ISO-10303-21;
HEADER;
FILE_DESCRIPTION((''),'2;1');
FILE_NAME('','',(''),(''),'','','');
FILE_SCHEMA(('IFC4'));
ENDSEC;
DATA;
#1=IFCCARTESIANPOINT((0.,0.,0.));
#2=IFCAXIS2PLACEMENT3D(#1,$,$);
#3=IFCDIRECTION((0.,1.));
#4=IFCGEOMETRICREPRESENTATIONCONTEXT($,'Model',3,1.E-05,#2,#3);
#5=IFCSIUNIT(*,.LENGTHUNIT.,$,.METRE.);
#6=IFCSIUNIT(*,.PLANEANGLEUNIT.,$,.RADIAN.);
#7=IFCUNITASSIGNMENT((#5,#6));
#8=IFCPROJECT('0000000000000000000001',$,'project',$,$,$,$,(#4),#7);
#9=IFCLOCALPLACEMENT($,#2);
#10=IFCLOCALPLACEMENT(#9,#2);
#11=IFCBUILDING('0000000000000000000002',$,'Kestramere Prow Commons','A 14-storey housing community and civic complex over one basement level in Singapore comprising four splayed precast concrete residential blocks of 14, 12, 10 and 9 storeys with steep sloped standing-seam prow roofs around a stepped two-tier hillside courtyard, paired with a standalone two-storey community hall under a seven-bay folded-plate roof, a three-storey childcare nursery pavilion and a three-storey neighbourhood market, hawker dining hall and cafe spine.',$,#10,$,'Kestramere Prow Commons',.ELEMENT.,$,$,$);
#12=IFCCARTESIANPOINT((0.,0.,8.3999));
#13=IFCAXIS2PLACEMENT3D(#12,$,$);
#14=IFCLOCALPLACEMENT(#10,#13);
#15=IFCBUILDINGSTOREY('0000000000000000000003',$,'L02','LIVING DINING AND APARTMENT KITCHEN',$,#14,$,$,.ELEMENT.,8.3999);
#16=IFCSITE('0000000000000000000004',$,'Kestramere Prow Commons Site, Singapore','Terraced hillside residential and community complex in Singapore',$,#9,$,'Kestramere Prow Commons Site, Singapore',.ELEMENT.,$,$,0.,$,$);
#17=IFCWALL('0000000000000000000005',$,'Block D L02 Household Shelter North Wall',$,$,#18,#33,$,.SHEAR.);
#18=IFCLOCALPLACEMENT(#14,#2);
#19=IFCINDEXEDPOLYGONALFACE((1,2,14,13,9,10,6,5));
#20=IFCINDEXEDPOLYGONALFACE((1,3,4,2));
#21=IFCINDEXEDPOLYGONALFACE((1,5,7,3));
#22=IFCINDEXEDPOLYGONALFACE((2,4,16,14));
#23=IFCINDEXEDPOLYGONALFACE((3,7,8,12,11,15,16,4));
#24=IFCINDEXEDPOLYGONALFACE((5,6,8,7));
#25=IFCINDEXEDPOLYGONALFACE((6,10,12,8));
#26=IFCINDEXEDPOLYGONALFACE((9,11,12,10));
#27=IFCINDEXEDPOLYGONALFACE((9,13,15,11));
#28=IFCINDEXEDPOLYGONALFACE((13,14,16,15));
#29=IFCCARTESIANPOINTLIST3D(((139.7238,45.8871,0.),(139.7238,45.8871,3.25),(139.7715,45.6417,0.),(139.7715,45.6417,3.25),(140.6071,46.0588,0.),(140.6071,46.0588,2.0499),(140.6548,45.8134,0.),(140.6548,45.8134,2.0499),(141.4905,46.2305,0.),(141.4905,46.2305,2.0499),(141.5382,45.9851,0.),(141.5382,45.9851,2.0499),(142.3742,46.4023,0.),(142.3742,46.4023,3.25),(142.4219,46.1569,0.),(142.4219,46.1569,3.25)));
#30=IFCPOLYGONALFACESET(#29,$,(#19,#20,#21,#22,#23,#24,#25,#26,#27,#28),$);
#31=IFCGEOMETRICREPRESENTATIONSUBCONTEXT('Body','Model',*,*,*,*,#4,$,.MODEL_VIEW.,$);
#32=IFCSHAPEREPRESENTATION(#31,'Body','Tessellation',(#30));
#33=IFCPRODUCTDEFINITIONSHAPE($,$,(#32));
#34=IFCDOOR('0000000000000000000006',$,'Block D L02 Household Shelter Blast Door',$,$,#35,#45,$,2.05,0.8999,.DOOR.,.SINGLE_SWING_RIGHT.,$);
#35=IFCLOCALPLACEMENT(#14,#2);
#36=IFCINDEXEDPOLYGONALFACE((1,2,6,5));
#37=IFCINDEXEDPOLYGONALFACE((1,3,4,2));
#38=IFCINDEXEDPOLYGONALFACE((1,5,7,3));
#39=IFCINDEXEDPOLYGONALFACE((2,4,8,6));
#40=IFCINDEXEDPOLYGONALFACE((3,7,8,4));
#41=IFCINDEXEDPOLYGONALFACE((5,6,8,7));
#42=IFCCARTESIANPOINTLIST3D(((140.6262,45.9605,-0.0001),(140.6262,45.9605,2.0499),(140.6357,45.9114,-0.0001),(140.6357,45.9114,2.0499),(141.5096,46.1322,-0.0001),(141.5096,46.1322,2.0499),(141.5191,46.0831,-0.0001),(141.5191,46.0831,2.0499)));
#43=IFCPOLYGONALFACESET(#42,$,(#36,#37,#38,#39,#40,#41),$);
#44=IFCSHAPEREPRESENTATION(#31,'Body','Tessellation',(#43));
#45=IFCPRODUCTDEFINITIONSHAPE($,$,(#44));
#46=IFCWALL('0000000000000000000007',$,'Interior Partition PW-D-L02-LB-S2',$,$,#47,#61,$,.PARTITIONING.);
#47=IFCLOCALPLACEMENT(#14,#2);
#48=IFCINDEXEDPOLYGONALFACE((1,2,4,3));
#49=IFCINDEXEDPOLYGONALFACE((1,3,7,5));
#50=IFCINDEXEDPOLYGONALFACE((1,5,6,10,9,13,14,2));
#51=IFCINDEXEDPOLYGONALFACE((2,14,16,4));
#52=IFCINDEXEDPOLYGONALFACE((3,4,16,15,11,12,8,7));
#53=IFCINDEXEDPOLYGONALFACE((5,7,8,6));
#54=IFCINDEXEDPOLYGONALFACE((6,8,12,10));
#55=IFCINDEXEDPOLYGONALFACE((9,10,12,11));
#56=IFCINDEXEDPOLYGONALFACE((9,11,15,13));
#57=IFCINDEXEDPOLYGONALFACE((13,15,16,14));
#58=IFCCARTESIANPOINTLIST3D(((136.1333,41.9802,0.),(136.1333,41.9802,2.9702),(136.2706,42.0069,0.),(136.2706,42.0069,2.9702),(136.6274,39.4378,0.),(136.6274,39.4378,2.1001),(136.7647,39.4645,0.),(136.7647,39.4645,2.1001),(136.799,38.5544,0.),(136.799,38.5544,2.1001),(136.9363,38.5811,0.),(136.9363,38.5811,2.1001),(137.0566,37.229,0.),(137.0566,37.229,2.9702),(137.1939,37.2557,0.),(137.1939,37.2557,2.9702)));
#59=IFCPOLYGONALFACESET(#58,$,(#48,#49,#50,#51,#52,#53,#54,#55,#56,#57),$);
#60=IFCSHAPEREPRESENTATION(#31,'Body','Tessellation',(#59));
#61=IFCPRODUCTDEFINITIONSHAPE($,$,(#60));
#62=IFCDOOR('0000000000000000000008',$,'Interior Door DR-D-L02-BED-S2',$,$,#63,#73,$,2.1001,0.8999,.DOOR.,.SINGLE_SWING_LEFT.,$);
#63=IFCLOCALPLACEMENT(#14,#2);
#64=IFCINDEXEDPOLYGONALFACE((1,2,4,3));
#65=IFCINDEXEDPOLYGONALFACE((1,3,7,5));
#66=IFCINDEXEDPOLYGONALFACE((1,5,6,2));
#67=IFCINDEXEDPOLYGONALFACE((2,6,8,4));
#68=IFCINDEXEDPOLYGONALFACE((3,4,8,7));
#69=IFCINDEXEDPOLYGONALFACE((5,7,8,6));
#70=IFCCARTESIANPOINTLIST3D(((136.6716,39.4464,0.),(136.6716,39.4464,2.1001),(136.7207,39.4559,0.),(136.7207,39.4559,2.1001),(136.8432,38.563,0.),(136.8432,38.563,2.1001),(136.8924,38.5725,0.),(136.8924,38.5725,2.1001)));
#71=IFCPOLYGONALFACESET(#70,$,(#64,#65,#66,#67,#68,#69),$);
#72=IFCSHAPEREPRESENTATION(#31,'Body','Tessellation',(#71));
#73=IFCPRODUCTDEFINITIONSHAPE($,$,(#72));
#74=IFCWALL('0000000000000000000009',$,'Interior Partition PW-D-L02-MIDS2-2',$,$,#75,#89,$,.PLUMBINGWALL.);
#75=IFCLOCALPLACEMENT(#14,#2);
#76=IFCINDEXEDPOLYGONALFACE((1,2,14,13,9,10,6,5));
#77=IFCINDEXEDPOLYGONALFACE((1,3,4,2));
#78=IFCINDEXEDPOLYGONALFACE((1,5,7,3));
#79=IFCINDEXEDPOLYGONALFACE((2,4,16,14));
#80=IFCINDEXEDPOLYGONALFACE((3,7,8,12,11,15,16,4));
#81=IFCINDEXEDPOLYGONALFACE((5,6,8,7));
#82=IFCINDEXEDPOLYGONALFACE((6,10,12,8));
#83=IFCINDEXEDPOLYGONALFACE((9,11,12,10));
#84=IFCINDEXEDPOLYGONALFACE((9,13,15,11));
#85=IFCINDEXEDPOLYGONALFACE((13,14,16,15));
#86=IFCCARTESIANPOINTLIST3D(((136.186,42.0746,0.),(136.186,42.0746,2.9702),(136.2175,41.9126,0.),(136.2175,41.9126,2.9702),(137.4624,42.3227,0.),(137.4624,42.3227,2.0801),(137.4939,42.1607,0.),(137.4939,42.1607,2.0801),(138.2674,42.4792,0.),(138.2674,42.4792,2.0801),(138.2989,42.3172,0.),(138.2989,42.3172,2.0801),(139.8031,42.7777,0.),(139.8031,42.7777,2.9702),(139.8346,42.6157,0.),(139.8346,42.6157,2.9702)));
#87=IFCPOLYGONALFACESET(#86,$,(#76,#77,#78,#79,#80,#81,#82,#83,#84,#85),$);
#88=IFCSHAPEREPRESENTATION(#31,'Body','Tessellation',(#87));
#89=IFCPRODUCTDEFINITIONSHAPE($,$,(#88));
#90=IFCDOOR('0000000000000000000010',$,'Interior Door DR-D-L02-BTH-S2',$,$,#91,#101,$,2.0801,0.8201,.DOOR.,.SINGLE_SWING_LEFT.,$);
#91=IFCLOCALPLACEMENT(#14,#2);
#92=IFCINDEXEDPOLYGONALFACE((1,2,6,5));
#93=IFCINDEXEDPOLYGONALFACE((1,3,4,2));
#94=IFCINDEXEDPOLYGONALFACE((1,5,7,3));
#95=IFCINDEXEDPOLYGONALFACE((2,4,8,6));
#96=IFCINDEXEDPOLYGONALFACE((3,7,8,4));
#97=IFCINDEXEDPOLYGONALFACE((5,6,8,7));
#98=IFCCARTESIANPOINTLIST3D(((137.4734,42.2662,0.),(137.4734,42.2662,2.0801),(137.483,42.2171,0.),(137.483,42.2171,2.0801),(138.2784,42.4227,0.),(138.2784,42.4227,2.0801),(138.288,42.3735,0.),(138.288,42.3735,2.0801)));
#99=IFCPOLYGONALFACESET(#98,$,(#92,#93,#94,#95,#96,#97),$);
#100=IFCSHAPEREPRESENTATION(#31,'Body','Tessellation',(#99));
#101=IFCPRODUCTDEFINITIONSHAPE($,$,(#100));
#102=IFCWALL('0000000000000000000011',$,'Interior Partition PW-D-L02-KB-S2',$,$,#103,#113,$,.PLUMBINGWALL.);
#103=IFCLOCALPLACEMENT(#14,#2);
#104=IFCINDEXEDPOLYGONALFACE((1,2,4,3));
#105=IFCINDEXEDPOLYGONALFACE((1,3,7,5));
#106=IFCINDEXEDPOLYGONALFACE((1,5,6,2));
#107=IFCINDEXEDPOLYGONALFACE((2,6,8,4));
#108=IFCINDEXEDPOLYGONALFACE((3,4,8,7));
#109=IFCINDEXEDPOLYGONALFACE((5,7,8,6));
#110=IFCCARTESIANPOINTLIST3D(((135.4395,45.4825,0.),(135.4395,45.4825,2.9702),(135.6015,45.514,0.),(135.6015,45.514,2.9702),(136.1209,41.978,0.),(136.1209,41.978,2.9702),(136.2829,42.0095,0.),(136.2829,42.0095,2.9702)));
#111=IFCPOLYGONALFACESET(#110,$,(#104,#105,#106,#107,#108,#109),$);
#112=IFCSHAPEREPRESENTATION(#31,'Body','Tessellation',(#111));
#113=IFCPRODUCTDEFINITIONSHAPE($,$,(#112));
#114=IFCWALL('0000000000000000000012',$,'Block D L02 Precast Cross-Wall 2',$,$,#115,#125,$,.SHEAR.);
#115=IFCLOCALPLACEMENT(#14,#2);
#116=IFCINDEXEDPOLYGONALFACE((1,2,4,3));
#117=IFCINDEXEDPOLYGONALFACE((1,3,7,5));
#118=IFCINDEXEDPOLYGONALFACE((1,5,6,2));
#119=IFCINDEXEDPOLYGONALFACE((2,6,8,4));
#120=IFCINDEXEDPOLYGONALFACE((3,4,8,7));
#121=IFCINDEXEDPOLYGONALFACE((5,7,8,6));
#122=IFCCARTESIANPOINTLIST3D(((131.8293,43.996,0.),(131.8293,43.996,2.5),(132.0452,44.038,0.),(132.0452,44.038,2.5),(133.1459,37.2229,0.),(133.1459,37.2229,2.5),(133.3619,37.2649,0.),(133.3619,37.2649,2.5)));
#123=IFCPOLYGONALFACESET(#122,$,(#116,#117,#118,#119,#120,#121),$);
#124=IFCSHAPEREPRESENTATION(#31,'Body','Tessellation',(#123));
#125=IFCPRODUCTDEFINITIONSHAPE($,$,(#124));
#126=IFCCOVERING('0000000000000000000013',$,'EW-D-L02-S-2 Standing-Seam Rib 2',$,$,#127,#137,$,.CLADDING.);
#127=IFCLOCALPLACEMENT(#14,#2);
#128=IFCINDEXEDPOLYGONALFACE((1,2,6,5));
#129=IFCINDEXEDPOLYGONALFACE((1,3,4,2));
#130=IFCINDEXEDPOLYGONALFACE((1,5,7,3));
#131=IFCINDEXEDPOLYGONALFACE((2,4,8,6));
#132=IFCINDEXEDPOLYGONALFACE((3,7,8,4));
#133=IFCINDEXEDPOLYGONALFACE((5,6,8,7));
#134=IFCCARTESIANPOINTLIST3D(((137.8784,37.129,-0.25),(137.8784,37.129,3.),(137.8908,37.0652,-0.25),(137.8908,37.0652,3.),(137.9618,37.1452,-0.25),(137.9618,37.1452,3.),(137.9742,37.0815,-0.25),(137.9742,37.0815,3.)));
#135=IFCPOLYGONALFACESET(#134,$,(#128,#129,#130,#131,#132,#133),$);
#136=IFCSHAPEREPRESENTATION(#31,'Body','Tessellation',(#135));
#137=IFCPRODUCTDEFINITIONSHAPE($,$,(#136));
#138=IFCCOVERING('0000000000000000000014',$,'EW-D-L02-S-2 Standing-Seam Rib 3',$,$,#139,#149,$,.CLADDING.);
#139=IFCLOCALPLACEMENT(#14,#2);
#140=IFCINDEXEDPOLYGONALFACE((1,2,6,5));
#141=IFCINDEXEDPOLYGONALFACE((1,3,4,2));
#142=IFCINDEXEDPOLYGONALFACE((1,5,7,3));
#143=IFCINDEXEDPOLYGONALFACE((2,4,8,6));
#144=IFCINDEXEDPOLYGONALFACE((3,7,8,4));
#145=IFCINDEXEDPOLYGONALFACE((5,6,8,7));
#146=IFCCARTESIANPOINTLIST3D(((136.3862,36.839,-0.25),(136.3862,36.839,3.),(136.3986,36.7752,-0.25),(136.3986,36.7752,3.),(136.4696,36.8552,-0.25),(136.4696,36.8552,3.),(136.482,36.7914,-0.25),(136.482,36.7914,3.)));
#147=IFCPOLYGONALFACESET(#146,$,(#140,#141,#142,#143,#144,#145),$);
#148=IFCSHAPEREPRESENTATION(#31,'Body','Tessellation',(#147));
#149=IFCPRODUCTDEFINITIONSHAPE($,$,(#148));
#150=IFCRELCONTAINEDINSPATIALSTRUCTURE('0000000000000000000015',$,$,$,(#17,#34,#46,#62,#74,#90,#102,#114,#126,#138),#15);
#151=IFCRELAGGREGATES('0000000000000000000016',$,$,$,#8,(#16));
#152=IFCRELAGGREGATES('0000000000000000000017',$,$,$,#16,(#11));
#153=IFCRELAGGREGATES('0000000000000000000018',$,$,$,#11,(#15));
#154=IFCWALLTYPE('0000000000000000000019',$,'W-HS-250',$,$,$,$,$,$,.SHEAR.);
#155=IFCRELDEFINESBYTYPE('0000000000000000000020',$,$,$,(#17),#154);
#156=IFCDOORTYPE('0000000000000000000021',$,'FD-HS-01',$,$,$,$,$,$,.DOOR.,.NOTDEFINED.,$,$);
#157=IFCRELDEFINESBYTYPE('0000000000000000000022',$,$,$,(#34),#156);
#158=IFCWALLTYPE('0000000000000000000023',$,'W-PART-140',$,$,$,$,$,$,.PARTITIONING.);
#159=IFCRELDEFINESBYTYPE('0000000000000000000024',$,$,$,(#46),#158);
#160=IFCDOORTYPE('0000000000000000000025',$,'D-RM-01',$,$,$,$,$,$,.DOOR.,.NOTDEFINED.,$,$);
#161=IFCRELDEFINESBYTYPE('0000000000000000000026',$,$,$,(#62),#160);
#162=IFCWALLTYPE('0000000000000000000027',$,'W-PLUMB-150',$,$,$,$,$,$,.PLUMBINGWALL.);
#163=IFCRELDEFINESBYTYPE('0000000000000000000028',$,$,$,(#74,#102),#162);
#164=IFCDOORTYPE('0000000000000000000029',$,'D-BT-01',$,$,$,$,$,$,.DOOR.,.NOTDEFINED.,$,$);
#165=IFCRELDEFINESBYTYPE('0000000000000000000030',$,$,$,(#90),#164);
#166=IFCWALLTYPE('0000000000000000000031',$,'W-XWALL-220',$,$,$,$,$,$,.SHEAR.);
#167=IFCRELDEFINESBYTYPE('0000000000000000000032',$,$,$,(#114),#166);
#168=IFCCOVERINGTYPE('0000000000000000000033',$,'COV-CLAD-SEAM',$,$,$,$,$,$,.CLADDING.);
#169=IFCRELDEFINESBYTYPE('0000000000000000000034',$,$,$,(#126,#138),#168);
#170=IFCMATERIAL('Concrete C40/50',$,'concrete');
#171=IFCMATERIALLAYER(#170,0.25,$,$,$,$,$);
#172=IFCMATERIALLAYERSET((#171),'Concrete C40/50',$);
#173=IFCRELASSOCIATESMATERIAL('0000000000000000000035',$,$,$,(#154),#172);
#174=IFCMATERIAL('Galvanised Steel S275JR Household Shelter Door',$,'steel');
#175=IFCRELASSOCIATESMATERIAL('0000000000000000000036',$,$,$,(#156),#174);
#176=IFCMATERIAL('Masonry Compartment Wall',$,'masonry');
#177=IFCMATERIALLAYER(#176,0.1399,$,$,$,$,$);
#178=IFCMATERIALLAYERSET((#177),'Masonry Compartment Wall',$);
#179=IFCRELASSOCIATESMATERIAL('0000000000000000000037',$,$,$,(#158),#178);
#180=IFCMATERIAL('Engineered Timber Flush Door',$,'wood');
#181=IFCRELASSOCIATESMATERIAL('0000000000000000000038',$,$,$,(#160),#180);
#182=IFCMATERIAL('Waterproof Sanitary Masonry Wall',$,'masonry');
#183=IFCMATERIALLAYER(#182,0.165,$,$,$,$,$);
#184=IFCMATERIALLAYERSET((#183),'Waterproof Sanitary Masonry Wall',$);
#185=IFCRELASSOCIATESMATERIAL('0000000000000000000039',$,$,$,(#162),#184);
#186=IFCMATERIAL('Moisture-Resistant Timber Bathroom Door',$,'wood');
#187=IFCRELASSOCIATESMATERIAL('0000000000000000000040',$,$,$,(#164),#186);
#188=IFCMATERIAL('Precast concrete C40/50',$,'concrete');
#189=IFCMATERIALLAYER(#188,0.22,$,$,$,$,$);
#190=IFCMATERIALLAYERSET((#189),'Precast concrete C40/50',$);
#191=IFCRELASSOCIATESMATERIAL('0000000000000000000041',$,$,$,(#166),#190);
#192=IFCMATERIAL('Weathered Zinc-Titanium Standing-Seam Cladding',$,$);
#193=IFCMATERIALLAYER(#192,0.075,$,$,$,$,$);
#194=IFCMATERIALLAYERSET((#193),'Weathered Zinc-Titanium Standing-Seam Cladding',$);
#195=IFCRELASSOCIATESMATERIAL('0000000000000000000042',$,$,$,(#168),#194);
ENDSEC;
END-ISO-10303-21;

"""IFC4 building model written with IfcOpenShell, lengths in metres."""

from ifc_helpers import new_model, si_unit, direction, frame, frame_2d, origin, origin_2d, place, context, subcontext, project, spatial, rectangle, extrude, material, layer, layer_set, type_object, element, fill, save


model = new_model("IFC4")

# Units and contexts
model_context = context("Model", 3, precision=1e-05, world=origin(), true_north=direction((0.0, 1.0)))
body_context = subcontext(model_context, "Body", "Model", "MODEL_VIEW")
ifc_project = project(units=[si_unit("LENGTHUNIT", "METRE"), si_unit("PLANEANGLEUNIT", "RADIAN")], contexts=[model_context])

# Site, building, storey
site_placement = place(None, origin())
site = spatial("IfcSite", under=ifc_project, at=site_placement, Name="Kestramere Prow Commons Site, Singapore", Description="Terraced hillside residential and community complex in Singapore", LongName="Kestramere Prow Commons Site, Singapore", CompositionType="ELEMENT", RefElevation=0.0)
building_placement = place(site_placement, origin())
building = spatial("IfcBuilding", under=site, at=building_placement, Name="Kestramere Prow Commons", Description="A 14-storey housing community and civic complex over one basement level in Singapore comprising four splayed precast concrete residential blocks of 14, 12, 10 and 9 storeys with steep sloped standing-seam prow roofs around a stepped two-tier hillside courtyard, paired with a standalone two-storey community hall under a seven-bay folded-plate roof, a three-storey childcare nursery pavilion and a three-storey neighbourhood market, hawker dining hall and cafe spine.", LongName="Kestramere Prow Commons", CompositionType="ELEMENT")
storey_placement = place(building_placement, frame((0.0, 0.0, 8.3999)))
storey = spatial("IfcBuildingStorey", under=building, at=storey_placement, Name="L02", Description="LIVING DINING AND APARTMENT KITCHEN", CompositionType="ELEMENT", Elevation=8.3999)

# Shared definitions
ifc_material_1 = material(Name="Precast concrete C40/50", Category="concrete")

# Shared definitions
ifc_material_2 = material(Name="Concrete C40/50", Category="concrete")
ifc_layer_1 = layer(ifc_material_2, 0.25)
ifc_layer_set_1 = layer_set([ifc_layer_1], Name="Concrete C40/50")
wall_type_1 = type_object("IfcWallType", Name="W-HS-250", PredefinedType="SHEAR", material=ifc_layer_set_1)

# Walls, openings, doors
wall_1_placement = place(storey_placement, frame((139.7476, 45.7644, 0.0), z_axis=(0.0, 0.0, 1.0), x_axis=(0.98163, 0.190792, 0.0)))
wall_1 = element("IfcWall", 1, at=wall_1_placement, inside=storey, type_object=wall_type_1, Name="Block D L02 Household Shelter North Wall", PredefinedType="SHEAR", context=body_context, shape_type="SweptSolid", body=[
    extrude(rectangle(XDim=2.7, YDim=0.25, at=frame_2d((1.3501, 0.0))), origin(), (0.0, 0.0, 1.0), 3.25),
])
opening_1_placement = place(wall_1_placement, frame((0.8999, 0.0, 0.0)))
opening_1 = element("IfcOpeningElement", 2, at=opening_1_placement, cuts=wall_1, PredefinedType="OPENING", context=body_context, shape_type="SweptSolid", body=[
    extrude(rectangle(XDim=0.8999, YDim=2.05, at=frame_2d((0.45, 1.0249))), frame((0.0, 0.1399, 0.0), z_axis=(0.0, -1.0, 0.0), x_axis=(1.0, 0.0, 0.0)), (0.0, 0.0, 1.0), 0.28),
])
ifc_material_3 = material(Name="Galvanised Steel S275JR Household Shelter Door", Category="steel")
door_type_1 = type_object("IfcDoorType", Name="FD-HS-01", OperationType="NOTDEFINED", PredefinedType="DOOR", material=ifc_material_3)
door_1_placement = place(opening_1_placement, origin())
door_1 = element("IfcDoor", 3, at=door_1_placement, inside=storey, type_object=door_type_1, Name="Block D L02 Household Shelter Blast Door", OperationType="SINGLE_SWING_RIGHT", OverallHeight=2.05, OverallWidth=0.8999, PredefinedType="DOOR", context=body_context, shape_type="SweptSolid", body=[
    extrude(rectangle(XDim=0.8999, YDim=2.05, at=frame_2d((0.45, 1.0249))), frame((0.0, 0.0249, 0.0), z_axis=(0.0, -1.0, 0.0), x_axis=(1.0, 0.0, 0.0)), (0.0, 0.0, 1.0), 0.05),
])
fill(opening_1, door_1)
ifc_material_4 = material(Name="Masonry Compartment Wall", Category="masonry")
ifc_layer_2 = layer(ifc_material_4, 0.1399)
ifc_layer_set_2 = layer_set([ifc_layer_2], Name="Masonry Compartment Wall")
wall_type_2 = type_object("IfcWallType", Name="W-PART-140", PredefinedType="PARTITIONING", material=ifc_layer_set_2)
wall_2_placement = place(storey_placement, frame((137.1252, 37.2424, 0.0), z_axis=(0.0, 0.0, 1.0), x_axis=(-0.190768, 0.981635, 0.0)))
wall_2 = element("IfcWall", 4, at=wall_2_placement, inside=storey, type_object=wall_type_2, Name="Interior Partition PW-D-L02-LB-S2", PredefinedType="PARTITIONING", context=body_context, shape_type="SweptSolid", body=[
    extrude(rectangle(XDim=4.8401, YDim=0.1399, at=frame_2d((2.4199, 0.0))), origin(), (0.0, 0.0, 1.0), 2.9702),
])
opening_2_placement = place(wall_2_placement, frame((1.3501, 0.0, 0.0)))
opening_2 = element("IfcOpeningElement", 5, at=opening_2_placement, cuts=wall_2, PredefinedType="OPENING", context=body_context, shape_type="SweptSolid", body=[
    extrude(rectangle(XDim=0.8999, YDim=2.1001, at=frame_2d((0.45, 1.05))), frame((0.0, 0.085, 0.0), z_axis=(0.0, -1.0, 0.0), x_axis=(1.0, 0.0, 0.0)), (0.0, 0.0, 1.0), 0.1699),
])
ifc_material_5 = material(Name="Engineered Timber Flush Door", Category="wood")
door_type_2 = type_object("IfcDoorType", Name="D-RM-01", OperationType="NOTDEFINED", PredefinedType="DOOR", material=ifc_material_5)
door_2_placement = place(opening_2_placement, origin())
door_2 = element("IfcDoor", 6, at=door_2_placement, inside=storey, type_object=door_type_2, Name="Interior Door DR-D-L02-BED-S2", OperationType="SINGLE_SWING_LEFT", OverallHeight=2.1001, OverallWidth=0.8999, PredefinedType="DOOR", context=body_context, shape_type="SweptSolid", body=[
    extrude(rectangle(XDim=0.8999, YDim=2.1001, at=frame_2d((0.45, 1.05))), frame((0.0, 0.0249, 0.0), z_axis=(0.0, -1.0, 0.0), x_axis=(1.0, 0.0, 0.0)), (0.0, 0.0, 1.0), 0.05),
])
fill(opening_2, door_2)
ifc_material_6 = material(Name="Waterproof Sanitary Masonry Wall", Category="masonry")
ifc_layer_3 = layer(ifc_material_6, 0.165)
ifc_layer_set_3 = layer_set([ifc_layer_3], Name="Waterproof Sanitary Masonry Wall")
wall_type_3 = type_object("IfcWallType", Name="W-PLUMB-150", PredefinedType="PLUMBINGWALL", material=ifc_layer_set_3)
wall_3_placement = place(storey_placement, frame((136.2019, 41.9937, 0.0), z_axis=(0.0, 0.0, 1.0), x_axis=(0.981626, 0.190813, 0.0)))
wall_3 = element("IfcWall", 7, at=wall_3_placement, inside=storey, type_object=wall_type_3, Name="Interior Partition PW-D-L02-MIDS2-2", PredefinedType="PLUMBINGWALL", context=body_context, shape_type="SweptSolid", body=[
    extrude(rectangle(XDim=3.6848, YDim=0.165, at=frame_2d((1.8423, 0.0))), origin(), (0.0, 0.0, 1.0), 2.9702),
])
opening_3_placement = place(wall_3_placement, frame((1.3, 0.0, 0.0)))
opening_3 = element("IfcOpeningElement", 8, at=opening_3_placement, cuts=wall_3, PredefinedType="OPENING", context=body_context, shape_type="SweptSolid", body=[
    extrude(rectangle(XDim=0.8201, YDim=2.0801, at=frame_2d((0.4102, 1.04))), frame((0.0, 0.0974, 0.0), z_axis=(0.0, -1.0, 0.0), x_axis=(1.0, 0.0, 0.0)), (0.0, 0.0, 1.0), 0.1951),
])
ifc_material_7 = material(Name="Moisture-Resistant Timber Bathroom Door", Category="wood")
door_type_3 = type_object("IfcDoorType", Name="D-BT-01", OperationType="NOTDEFINED", PredefinedType="DOOR", material=ifc_material_7)
door_3_placement = place(opening_3_placement, origin())
door_3 = element("IfcDoor", 9, at=door_3_placement, inside=storey, type_object=door_type_3, Name="Interior Door DR-D-L02-BTH-S2", OperationType="SINGLE_SWING_LEFT", OverallHeight=2.0801, OverallWidth=0.8201, PredefinedType="DOOR", context=body_context, shape_type="SweptSolid", body=[
    extrude(rectangle(XDim=0.8201, YDim=2.0801, at=frame_2d((0.4102, 1.04))), frame((0.0, 0.0249, 0.0), z_axis=(0.0, -1.0, 0.0), x_axis=(1.0, 0.0, 0.0)), (0.0, 0.0, 1.0), 0.05),
])
fill(opening_3, door_3)

# Walls
wall_4_placement = place(storey_placement, frame((136.2019, 41.9937, 0.0), z_axis=(0.0, 0.0, 1.0), x_axis=(-0.190866, 0.981616, 0.0)))
element("IfcWall", 10, at=wall_4_placement, inside=storey, type_object=wall_type_3, Name="Interior Partition PW-D-L02-KB-S2", PredefinedType="PLUMBINGWALL", context=body_context, shape_type="SweptSolid", body=[
    extrude(rectangle(XDim=3.5701, YDim=0.165, at=frame_2d((1.7852, 0.0))), origin(), (0.0, 0.0, 1.0), 2.9702),
])
ifc_layer_4 = layer(ifc_material_1, 0.22)
ifc_layer_set_4 = layer_set([ifc_layer_4], Name="Precast concrete C40/50")
wall_type_4 = type_object("IfcWallType", Name="W-XWALL-220", PredefinedType="SHEAR", material=ifc_layer_set_4)
wall_5_placement = place(storey_placement, frame((133.2539, 37.2439, 0.0), z_axis=(0.0, 0.0, 1.0), x_axis=(-0.190819, 0.981625, 0.0)))
element("IfcWall", 11, at=wall_5_placement, inside=storey, type_object=wall_type_4, Name="Block D L02 Precast Cross-Wall 2", PredefinedType="SHEAR", context=body_context, shape_type="SweptSolid", body=[
    extrude(rectangle(XDim=6.8999, YDim=0.22, at=frame_2d((3.45, 0.0))), origin(), (0.0, 0.0, 1.0), 2.5),
])

# Coverings
ifc_material_8 = material(Name="Weathered Zinc-Titanium Standing-Seam Cladding")
ifc_layer_5 = layer(ifc_material_8, 0.075)
ifc_layer_set_5 = layer_set([ifc_layer_5], Name="Weathered Zinc-Titanium Standing-Seam Cladding")
covering_type = type_object("IfcCoveringType", Name="COV-CLAD-SEAM", PredefinedType="CLADDING", material=ifc_layer_set_5)
for number, where, z_axis, x_axis, name in (
    (12, (137.9263, 37.1052, -0.25), (0.0, 0.0, 1.0), (-0.981627, -0.190809, 0.0), "EW-D-L02-S-2 Standing-Seam Rib 2"),
    (13, (136.4341, 36.8152, -0.25), (0.0, 0.0, 1.0), (-0.981627, -0.190809, 0.0), "EW-D-L02-S-2 Standing-Seam Rib 3"),
):
    element("IfcCovering", number, at=place(storey_placement, frame(where, z_axis=z_axis, x_axis=x_axis)), inside=storey, type_object=covering_type, Name=name, PredefinedType="CLADDING", context=body_context, shape_type="SweptSolid", body=[
        extrude(rectangle(XDim=0.085, YDim=0.0649, at=origin_2d()), origin(), (0.0, 0.0, 1.0), 3.25),
    ])

save(model, "model.ifc")
